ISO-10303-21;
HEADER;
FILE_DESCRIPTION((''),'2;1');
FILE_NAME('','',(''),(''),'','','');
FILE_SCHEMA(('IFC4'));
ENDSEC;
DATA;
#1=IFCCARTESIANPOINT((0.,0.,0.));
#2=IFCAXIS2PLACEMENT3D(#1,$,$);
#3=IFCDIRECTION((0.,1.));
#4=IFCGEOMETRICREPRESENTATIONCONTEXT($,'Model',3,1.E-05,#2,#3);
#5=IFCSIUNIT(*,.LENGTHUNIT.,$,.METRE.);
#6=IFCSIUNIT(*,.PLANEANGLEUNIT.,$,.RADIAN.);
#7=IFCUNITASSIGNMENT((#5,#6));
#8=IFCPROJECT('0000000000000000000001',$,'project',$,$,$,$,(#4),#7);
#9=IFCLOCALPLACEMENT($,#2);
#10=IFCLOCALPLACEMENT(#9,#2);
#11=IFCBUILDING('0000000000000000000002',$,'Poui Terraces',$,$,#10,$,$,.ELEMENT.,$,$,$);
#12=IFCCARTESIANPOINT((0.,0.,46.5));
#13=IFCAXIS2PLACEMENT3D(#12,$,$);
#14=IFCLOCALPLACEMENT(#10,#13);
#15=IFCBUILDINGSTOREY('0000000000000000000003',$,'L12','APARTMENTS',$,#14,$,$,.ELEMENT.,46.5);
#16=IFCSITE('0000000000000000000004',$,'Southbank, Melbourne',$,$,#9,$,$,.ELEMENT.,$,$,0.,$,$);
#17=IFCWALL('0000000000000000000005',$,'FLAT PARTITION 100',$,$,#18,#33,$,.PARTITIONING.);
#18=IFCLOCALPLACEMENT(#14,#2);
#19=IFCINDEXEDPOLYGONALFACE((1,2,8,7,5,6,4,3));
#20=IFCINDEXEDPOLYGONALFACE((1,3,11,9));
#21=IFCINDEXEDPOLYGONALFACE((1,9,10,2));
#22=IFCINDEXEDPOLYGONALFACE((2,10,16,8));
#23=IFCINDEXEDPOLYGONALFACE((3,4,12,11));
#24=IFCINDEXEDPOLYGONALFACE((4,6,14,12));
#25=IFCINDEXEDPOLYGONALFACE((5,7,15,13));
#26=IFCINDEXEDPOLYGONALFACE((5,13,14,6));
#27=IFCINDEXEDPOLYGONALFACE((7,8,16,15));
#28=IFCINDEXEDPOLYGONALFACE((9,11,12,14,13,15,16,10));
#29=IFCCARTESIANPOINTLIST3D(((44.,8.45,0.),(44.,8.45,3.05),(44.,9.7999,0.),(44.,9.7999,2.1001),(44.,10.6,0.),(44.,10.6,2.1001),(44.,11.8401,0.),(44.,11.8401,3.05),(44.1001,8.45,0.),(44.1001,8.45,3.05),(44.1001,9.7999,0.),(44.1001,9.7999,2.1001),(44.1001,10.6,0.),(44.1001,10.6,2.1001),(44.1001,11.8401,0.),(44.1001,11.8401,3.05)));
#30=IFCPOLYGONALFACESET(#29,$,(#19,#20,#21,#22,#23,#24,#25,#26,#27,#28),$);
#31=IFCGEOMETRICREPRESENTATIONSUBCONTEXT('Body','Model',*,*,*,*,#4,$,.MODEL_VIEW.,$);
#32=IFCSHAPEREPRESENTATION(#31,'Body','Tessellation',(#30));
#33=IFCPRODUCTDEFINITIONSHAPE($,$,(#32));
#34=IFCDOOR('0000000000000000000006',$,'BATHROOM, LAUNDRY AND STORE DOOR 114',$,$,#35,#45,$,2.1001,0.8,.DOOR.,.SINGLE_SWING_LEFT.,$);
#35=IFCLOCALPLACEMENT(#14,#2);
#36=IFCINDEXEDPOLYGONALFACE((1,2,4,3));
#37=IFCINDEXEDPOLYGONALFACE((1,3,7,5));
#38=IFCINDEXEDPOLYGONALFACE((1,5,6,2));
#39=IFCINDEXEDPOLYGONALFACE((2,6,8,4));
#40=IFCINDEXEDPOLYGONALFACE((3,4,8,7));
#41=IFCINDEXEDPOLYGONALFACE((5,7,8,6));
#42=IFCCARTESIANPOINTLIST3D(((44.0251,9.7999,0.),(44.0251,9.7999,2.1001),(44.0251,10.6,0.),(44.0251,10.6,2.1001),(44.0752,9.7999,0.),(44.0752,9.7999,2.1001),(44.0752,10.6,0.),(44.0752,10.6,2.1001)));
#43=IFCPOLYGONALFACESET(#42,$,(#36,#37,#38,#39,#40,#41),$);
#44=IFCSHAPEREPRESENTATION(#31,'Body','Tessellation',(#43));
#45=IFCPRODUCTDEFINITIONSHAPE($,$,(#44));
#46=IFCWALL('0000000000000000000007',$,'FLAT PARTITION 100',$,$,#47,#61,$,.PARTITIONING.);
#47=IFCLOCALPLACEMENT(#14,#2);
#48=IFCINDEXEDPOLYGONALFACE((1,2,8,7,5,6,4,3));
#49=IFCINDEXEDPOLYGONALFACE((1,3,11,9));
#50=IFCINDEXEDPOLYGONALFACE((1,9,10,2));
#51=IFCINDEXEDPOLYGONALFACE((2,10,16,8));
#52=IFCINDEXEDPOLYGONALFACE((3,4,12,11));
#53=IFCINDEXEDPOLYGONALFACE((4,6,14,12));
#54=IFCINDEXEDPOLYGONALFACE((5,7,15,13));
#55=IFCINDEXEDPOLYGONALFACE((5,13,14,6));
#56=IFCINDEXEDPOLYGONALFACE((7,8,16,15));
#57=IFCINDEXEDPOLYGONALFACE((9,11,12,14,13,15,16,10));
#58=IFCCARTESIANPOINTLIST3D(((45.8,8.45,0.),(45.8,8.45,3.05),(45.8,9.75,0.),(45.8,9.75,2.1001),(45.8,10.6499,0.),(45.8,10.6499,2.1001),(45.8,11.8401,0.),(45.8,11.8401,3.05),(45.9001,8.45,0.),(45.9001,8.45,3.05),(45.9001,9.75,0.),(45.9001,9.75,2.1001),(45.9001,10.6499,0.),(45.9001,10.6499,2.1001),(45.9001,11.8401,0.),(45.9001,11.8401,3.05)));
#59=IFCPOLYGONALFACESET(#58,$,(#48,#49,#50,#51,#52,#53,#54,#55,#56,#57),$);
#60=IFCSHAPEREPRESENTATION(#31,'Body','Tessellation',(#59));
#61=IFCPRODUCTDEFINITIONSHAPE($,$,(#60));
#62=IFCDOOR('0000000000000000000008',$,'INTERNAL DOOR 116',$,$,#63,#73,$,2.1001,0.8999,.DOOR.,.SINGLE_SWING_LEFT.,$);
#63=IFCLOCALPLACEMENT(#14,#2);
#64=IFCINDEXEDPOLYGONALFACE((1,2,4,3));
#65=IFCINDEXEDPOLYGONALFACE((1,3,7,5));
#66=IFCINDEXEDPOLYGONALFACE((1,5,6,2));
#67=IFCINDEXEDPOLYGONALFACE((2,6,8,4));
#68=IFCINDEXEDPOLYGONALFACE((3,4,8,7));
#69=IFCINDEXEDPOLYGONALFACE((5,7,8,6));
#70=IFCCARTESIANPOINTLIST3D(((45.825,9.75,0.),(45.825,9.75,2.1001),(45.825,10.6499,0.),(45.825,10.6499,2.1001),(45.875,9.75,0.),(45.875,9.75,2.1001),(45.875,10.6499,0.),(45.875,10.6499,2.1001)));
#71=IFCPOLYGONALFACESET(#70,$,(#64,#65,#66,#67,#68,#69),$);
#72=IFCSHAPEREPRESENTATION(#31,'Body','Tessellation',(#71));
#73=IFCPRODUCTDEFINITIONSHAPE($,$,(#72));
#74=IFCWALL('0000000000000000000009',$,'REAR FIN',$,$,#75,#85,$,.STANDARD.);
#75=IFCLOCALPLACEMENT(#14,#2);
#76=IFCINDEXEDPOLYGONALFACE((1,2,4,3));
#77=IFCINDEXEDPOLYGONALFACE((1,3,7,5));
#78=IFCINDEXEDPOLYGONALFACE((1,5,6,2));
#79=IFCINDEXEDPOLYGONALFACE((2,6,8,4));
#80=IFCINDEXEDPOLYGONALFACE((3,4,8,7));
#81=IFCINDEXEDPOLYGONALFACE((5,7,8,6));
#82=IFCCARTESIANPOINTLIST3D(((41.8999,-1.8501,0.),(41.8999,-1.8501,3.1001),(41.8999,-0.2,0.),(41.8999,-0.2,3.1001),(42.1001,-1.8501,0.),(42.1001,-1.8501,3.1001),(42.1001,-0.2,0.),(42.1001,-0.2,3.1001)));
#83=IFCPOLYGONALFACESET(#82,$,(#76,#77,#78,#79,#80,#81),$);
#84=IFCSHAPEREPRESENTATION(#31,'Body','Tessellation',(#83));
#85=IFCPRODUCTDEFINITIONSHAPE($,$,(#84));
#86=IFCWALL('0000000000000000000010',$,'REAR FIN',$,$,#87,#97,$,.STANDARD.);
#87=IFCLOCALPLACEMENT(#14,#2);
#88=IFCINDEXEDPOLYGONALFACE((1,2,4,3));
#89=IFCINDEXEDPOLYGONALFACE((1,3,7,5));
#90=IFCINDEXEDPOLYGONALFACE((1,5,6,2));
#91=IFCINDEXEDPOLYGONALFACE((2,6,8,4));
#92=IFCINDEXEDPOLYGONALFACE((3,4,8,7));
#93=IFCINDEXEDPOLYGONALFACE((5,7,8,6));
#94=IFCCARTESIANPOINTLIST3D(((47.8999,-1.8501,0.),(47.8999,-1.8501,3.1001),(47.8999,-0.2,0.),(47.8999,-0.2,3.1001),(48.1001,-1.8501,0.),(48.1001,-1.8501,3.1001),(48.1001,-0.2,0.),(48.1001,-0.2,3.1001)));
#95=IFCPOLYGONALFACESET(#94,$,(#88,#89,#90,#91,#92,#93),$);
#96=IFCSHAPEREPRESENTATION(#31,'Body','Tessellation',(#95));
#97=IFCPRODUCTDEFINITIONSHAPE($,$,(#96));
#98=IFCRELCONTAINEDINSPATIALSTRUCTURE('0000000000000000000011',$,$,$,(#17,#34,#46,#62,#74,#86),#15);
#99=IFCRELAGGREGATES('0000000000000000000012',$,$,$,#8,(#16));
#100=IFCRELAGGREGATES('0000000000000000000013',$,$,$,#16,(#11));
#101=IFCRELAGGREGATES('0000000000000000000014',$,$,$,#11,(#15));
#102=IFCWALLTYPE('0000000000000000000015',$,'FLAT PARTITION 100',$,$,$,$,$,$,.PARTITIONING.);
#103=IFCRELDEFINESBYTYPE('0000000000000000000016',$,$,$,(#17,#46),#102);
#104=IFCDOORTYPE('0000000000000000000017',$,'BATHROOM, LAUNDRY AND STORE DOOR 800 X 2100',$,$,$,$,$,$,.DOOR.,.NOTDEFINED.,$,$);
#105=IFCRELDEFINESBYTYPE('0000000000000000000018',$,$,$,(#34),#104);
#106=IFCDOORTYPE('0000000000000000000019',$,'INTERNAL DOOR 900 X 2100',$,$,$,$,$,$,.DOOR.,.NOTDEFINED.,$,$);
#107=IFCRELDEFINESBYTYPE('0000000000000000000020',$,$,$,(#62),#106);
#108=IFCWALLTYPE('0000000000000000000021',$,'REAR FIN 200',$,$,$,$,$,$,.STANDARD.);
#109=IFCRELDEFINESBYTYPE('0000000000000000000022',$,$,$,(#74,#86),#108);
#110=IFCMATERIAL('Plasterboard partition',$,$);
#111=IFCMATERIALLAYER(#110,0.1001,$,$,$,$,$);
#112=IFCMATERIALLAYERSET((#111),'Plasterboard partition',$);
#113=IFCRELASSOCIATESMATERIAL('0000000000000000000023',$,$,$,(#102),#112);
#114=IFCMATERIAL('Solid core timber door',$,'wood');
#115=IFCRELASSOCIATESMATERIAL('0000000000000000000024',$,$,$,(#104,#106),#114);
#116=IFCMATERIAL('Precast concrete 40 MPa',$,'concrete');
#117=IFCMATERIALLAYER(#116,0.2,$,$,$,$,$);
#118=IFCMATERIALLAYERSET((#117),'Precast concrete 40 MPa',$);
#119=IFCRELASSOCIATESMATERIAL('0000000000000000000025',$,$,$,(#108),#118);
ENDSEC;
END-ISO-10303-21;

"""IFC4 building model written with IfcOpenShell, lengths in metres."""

from ifc_helpers import new_model, si_unit, direction, frame, frame_2d, origin, place, context, subcontext, project, spatial, polyline, rectangle, outline, extrude, source, transform, mapped, material, layer, layer_set, type_object, element, fill, save


model = new_model("IFC4")

# Units and contexts
model_context = context("Model", 3, precision=1e-05, world=origin(), true_north=direction((0.0, 1.0)))
body_context = subcontext(model_context, "Body", "Model", "MODEL_VIEW")
ifc_project = project(units=[si_unit("LENGTHUNIT", "METRE"), si_unit("PLANEANGLEUNIT", "RADIAN")], contexts=[model_context])

# Site, building, storey
site_placement = place(None, origin())
site = spatial("IfcSite", under=ifc_project, at=site_placement, Name="Southbank, Melbourne", CompositionType="ELEMENT", RefElevation=0.0)
building_placement = place(site_placement, origin())
building = spatial("IfcBuilding", under=site, at=building_placement, Name="Poui Terraces", CompositionType="ELEMENT")
storey_placement = place(building_placement, frame((0.0, 0.0, 46.5)))
storey = spatial("IfcBuildingStorey", under=building, at=storey_placement, Name="L12", Description="APARTMENTS", CompositionType="ELEMENT", Elevation=46.5)

# Shared definitions
ifc_material_1 = material(Name="Plasterboard partition")
ifc_layer_1 = layer(ifc_material_1, 0.1001)
ifc_layer_set_1 = layer_set([ifc_layer_1], Name="Plasterboard partition")
wall_type_1 = type_object("IfcWallType", Name="FLAT PARTITION 100", PredefinedType="PARTITIONING", material=ifc_layer_set_1)
ifc_material_2 = material(Name="Solid core timber door", Category="wood")
door_type_1 = type_object("IfcDoorType", Name="BATHROOM, LAUNDRY AND STORE DOOR 800 X 2100", OperationType="NOTDEFINED", PredefinedType="DOOR", material=ifc_material_2)

# Walls, openings, doors
wall_1_placement = place(storey_placement, frame((44.05, 8.45, 0.0), z_axis=(0.0, 0.0, 1.0), x_axis=(0.0, 1.0, 0.0)))
wall_1 = element("IfcWall", 1, at=wall_1_placement, inside=storey, type_object=wall_type_1, Name="FLAT PARTITION 100", PredefinedType="PARTITIONING", context=body_context, shape_type="SweptSolid", body=[
    extrude(rectangle(XDim=3.3901, YDim=0.1001, at=frame_2d((1.6951, 0.0))), origin(), (0.0, 0.0, 1.0), 3.05),
])
opening_1_placement = place(wall_1_placement, frame((1.3501, 0.0, 0.0)))
opening_1 = element("IfcOpeningElement", 2, at=opening_1_placement, cuts=wall_1, PredefinedType="OPENING", context=body_context, shape_type="SweptSolid", body=[
    extrude(rectangle(XDim=0.8, YDim=2.1001, at=frame_2d((0.3999, 1.05))), frame((0.0, 0.0601, 0.0), z_axis=(0.0, -1.0, 0.0), x_axis=(1.0, 0.0, 0.0)), (0.0, 0.0, 1.0), 0.1201),
])
door_1_placement = place(opening_1_placement, origin())
door_1 = element("IfcDoor", 3, at=door_1_placement, inside=storey, type_object=door_type_1, Name="BATHROOM, LAUNDRY AND STORE DOOR 114", OperationType="SINGLE_SWING_LEFT", OverallHeight=2.1001, OverallWidth=0.8, PredefinedType="DOOR", context=body_context, shape_type="SweptSolid", body=[
    extrude(rectangle(XDim=0.8, YDim=2.1001, at=frame_2d((0.3999, 1.05))), frame((0.0, 0.0249, 0.0), z_axis=(0.0, -1.0, 0.0), x_axis=(1.0, 0.0, 0.0)), (0.0, 0.0, 1.0), 0.05),
])
fill(opening_1, door_1)
wall_2_placement = place(storey_placement, frame((45.8501, 8.45, 0.0), z_axis=(0.0, 0.0, 1.0), x_axis=(0.0, 1.0, 0.0)))
wall_2 = element("IfcWall", 4, at=wall_2_placement, inside=storey, type_object=wall_type_1, Name="FLAT PARTITION 100", PredefinedType="PARTITIONING", context=body_context, shape_type="SweptSolid", body=[
    extrude(rectangle(XDim=3.3901, YDim=0.1001, at=frame_2d((1.6951, 0.0))), origin(), (0.0, 0.0, 1.0), 3.05),
])
opening_2_placement = place(wall_2_placement, frame((1.3, 0.0, 0.0)))
opening_2 = element("IfcOpeningElement", 5, at=opening_2_placement, cuts=wall_2, PredefinedType="OPENING", context=body_context, shape_type="SweptSolid", body=[
    extrude(rectangle(XDim=0.8999, YDim=2.1001, at=frame_2d((0.45, 1.05))), frame((0.0, 0.0601, 0.0), z_axis=(0.0, -1.0, 0.0), x_axis=(1.0, 0.0, 0.0)), (0.0, 0.0, 1.0), 0.1201),
])
door_type_2 = type_object("IfcDoorType", Name="INTERNAL DOOR 900 X 2100", OperationType="NOTDEFINED", PredefinedType="DOOR", material=ifc_material_2)
door_2_placement = place(opening_2_placement, frame((0.8999, 0.0, 0.0), z_axis=(0.0, 0.0, 1.0), x_axis=(-1.0, 0.0, 0.0)))
door_2 = element("IfcDoor", 6, at=door_2_placement, inside=storey, type_object=door_type_2, Name="INTERNAL DOOR 116", OperationType="SINGLE_SWING_LEFT", OverallHeight=2.1001, OverallWidth=0.8999, PredefinedType="DOOR", context=body_context, shape_type="SweptSolid", body=[
    extrude(rectangle(XDim=0.8999, YDim=2.1001, at=frame_2d((0.45, 1.05))), frame((0.0, 0.0249, 0.0), z_axis=(0.0, -1.0, 0.0), x_axis=(1.0, 0.0, 0.0)), (0.0, 0.0, 1.0), 0.05),
])
fill(opening_2, door_2)

# Walls
ifc_material_3 = material(Name="Precast concrete 40 MPa", Category="concrete")
ifc_layer_2 = layer(ifc_material_3, 0.2)
ifc_layer_set_2 = layer_set([ifc_layer_2], Name="Precast concrete 40 MPa")
wall_type_2 = type_object("IfcWallType", Name="REAR FIN 200", PredefinedType="STANDARD", material=ifc_layer_set_2)
shared_shape_1 = source(origin(), body_context, "Body", "SweptSolid", [
    extrude(outline(polyline([(0.0, 0.0), (0.2002, 0.0), (0.2002, 1.6501), (0.0, 1.6501), (0.0, 0.0)])), origin(), (0.0, 0.0, 1.0), 3.1001),
])
for number, where, name in (
    (7, (41.8999, -1.8501, 0.0), "REAR FIN"),
    (8, (47.8999, -1.8501, 0.0), "REAR FIN"),
):
    element("IfcWall", number, at=place(storey_placement, frame(where)), inside=storey, type_object=wall_type_2, Name=name, PredefinedType="STANDARD", context=body_context, shape_type="MappedRepresentation", body=[
        mapped(shared_shape_1, transform((0.0, 0.0, 0.0))),
    ])

save(model, "model.ifc")
